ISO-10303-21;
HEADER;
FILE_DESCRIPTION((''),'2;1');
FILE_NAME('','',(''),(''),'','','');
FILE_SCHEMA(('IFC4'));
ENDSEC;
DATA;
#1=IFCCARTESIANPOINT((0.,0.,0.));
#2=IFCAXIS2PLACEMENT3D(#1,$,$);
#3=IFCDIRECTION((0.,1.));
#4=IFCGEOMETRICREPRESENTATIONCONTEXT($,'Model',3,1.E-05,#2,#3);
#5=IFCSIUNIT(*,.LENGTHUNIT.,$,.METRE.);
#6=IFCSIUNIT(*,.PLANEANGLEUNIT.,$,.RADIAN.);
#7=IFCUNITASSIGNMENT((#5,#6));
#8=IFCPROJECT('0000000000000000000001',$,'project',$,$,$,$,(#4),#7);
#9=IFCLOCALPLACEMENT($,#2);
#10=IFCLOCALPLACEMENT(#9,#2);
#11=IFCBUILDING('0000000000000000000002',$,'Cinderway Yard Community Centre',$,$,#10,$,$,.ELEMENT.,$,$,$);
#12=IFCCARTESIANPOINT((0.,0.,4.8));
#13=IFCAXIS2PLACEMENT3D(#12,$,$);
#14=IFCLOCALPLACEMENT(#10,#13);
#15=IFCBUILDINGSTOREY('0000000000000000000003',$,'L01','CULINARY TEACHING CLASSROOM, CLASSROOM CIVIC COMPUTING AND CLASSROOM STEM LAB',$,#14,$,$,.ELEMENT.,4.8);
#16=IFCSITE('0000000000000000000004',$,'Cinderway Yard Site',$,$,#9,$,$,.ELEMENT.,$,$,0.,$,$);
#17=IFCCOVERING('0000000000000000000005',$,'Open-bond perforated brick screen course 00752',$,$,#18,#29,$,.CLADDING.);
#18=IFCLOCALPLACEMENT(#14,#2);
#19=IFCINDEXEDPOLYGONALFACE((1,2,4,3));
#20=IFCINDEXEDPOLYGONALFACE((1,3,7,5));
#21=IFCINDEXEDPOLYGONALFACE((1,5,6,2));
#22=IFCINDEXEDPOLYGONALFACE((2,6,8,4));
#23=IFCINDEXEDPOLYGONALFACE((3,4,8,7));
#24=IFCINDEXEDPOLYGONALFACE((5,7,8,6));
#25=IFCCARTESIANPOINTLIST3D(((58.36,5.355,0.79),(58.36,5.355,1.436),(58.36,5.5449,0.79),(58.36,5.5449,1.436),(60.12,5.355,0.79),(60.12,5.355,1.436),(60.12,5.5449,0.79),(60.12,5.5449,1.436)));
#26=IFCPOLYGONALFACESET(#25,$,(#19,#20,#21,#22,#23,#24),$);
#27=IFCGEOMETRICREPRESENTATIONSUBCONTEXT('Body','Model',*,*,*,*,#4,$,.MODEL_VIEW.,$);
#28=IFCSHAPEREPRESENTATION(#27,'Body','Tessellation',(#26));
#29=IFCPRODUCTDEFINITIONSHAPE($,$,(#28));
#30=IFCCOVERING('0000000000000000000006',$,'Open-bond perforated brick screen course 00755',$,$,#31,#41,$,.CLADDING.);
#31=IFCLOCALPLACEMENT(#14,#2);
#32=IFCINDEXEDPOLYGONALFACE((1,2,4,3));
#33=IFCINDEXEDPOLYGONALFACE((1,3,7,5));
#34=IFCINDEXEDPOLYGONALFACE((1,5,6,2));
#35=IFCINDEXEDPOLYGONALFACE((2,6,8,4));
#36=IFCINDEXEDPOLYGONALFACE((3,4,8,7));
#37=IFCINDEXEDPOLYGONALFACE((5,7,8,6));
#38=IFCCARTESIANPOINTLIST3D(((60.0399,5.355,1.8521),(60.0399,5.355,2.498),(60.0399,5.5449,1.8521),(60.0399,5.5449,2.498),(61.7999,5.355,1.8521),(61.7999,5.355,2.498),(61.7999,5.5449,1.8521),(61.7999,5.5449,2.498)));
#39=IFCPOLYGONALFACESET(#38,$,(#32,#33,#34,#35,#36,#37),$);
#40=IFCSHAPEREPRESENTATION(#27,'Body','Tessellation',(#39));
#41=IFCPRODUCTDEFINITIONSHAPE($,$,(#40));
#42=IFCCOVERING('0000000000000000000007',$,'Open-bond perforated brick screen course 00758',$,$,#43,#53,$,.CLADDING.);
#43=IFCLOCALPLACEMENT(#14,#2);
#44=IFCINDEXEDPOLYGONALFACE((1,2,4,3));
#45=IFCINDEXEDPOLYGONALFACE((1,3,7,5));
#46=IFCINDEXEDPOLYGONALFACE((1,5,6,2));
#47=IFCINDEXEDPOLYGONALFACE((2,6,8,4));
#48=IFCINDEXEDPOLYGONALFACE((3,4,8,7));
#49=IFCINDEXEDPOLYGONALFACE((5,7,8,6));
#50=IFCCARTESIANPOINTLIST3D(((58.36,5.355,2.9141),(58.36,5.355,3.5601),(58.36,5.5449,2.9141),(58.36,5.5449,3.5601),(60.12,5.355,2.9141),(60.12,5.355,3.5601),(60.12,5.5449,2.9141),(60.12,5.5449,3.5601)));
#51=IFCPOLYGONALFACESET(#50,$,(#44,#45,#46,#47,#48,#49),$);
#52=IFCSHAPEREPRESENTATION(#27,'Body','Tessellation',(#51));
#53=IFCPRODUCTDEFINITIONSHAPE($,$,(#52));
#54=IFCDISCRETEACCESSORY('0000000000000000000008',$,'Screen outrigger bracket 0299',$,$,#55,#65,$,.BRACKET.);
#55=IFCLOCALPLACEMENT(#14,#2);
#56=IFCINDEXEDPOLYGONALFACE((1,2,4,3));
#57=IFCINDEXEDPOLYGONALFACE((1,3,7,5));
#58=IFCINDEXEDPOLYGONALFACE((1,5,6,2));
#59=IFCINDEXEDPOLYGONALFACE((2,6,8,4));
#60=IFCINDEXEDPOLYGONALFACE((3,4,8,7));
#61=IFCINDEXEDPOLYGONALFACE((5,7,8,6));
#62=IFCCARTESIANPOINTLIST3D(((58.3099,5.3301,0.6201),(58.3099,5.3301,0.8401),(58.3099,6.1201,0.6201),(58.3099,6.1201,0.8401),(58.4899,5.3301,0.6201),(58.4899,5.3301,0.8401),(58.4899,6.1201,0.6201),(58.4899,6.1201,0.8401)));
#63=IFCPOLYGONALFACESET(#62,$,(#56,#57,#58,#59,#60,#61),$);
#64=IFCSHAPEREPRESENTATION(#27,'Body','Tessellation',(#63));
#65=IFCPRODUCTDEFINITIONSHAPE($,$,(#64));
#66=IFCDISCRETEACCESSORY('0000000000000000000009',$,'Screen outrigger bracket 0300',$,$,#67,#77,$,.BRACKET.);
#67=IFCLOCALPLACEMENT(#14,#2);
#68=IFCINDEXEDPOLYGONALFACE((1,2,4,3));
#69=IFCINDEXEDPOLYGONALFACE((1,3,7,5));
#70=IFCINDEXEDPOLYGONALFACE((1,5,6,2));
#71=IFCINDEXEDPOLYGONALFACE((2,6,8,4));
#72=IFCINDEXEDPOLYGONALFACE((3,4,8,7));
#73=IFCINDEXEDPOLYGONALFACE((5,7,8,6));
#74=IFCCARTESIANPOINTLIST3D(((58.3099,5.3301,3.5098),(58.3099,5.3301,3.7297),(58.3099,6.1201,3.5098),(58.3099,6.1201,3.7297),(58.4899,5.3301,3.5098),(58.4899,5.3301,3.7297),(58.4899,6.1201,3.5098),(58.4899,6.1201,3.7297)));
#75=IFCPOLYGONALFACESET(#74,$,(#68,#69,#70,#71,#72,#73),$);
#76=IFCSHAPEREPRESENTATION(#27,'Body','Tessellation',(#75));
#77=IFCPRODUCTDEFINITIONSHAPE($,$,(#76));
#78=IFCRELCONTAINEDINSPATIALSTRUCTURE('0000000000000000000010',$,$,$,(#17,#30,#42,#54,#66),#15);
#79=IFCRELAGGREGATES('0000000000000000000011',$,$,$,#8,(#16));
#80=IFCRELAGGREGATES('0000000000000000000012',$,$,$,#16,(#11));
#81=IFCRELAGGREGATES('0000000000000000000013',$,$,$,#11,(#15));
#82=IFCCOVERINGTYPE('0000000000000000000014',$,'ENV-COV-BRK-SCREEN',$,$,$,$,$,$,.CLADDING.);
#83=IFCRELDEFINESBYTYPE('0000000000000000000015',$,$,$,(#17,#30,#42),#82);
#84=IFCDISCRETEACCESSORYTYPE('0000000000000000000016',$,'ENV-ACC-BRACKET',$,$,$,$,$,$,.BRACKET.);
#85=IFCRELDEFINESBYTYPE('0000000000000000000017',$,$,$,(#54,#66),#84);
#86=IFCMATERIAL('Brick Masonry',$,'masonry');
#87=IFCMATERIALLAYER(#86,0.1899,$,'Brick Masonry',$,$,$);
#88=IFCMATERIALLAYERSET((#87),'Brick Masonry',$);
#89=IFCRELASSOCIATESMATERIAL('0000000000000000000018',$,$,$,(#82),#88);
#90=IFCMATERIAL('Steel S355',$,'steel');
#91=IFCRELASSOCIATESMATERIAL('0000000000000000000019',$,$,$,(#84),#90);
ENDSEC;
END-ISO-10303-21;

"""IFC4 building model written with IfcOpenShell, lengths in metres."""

from ifc_helpers import new_model, si_unit, direction, frame, origin, origin_2d, place, context, subcontext, project, spatial, rectangle, extrude, material, layer, layer_set, type_object, element, save


model = new_model("IFC4")

# Units and contexts
model_context = context("Model", 3, precision=1e-05, world=origin(), true_north=direction((0.0, 1.0)))
body_context = subcontext(model_context, "Body", "Model", "MODEL_VIEW")
ifc_project = project(units=[si_unit("LENGTHUNIT", "METRE"), si_unit("PLANEANGLEUNIT", "RADIAN")], contexts=[model_context])

# Site, building, storey
site_placement = place(None, origin())
site = spatial("IfcSite", under=ifc_project, at=site_placement, Name="Cinderway Yard Site", CompositionType="ELEMENT", RefElevation=0.0)
building_placement = place(site_placement, origin())
building = spatial("IfcBuilding", under=site, at=building_placement, Name="Cinderway Yard Community Centre", CompositionType="ELEMENT")
storey_placement = place(building_placement, frame((0.0, 0.0, 4.8)))
storey = spatial("IfcBuildingStorey", under=building, at=storey_placement, Name="L01", Description="CULINARY TEACHING CLASSROOM, CLASSROOM CIVIC COMPUTING AND CLASSROOM STEM LAB", CompositionType="ELEMENT", Elevation=4.8)

# Shared definitions
ifc_material_1 = material(Name="Steel S355", Category="steel")

# Shared definitions
ifc_material_2 = material(Name="Brick Masonry", Category="masonry")

# Coverings
ifc_layer_1 = layer(ifc_material_2, 0.1899, Name="Brick Masonry")
ifc_layer_set_1 = layer_set([ifc_layer_1], Name="Brick Masonry")
covering_type = type_object("IfcCoveringType", Name="ENV-COV-BRK-SCREEN", PredefinedType="CLADDING", material=ifc_layer_set_1)
for number, where, z_axis, x_axis, name in (
    (1, (59.24, 5.45, 0.79), (0.0, 0.0, 1.0), (-1.0, 0.0, 0.0), "Open-bond perforated brick screen course 00752"),
    (2, (60.9199, 5.45, 1.8521), (0.0, 0.0, 1.0), (-1.0, 0.0, 0.0), "Open-bond perforated brick screen course 00755"),
    (3, (59.24, 5.45, 2.9141), (0.0, 0.0, 1.0), (-1.0, 0.0, 0.0), "Open-bond perforated brick screen course 00758"),
):
    element("IfcCovering", number, at=place(storey_placement, frame(where, z_axis=z_axis, x_axis=x_axis)), inside=storey, type_object=covering_type, Name=name, PredefinedType="CLADDING", context=body_context, shape_type="SweptSolid", body=[
        extrude(rectangle(XDim=1.76, YDim=0.1899, at=origin_2d()), origin(), (0.0, 0.0, 1.0), 0.646),
    ])

# Discrete accessories
discrete_accessory_type = type_object("IfcDiscreteAccessoryType", Name="ENV-ACC-BRACKET", PredefinedType="BRACKET", material=ifc_material_1)
for number, where, z_axis, x_axis, name in (
    (4, (58.3999, 5.7251, 0.6201), (0.0, 0.0, 1.0), (0.0, -1.0, 0.0), "Screen outrigger bracket 0299"),
    (5, (58.3999, 5.7251, 3.5098), (0.0, 0.0, 1.0), (0.0, -1.0, 0.0), "Screen outrigger bracket 0300"),
):
    element("IfcDiscreteAccessory", number, at=place(storey_placement, frame(where, z_axis=z_axis, x_axis=x_axis)), inside=storey, type_object=discrete_accessory_type, Name=name, PredefinedType="BRACKET", context=body_context, shape_type="SweptSolid", body=[
        extrude(rectangle(XDim=0.79, YDim=0.1799, at=origin_2d()), origin(), (0.0, 0.0, 1.0), 0.22),
    ])

save(model, "model.ifc")
